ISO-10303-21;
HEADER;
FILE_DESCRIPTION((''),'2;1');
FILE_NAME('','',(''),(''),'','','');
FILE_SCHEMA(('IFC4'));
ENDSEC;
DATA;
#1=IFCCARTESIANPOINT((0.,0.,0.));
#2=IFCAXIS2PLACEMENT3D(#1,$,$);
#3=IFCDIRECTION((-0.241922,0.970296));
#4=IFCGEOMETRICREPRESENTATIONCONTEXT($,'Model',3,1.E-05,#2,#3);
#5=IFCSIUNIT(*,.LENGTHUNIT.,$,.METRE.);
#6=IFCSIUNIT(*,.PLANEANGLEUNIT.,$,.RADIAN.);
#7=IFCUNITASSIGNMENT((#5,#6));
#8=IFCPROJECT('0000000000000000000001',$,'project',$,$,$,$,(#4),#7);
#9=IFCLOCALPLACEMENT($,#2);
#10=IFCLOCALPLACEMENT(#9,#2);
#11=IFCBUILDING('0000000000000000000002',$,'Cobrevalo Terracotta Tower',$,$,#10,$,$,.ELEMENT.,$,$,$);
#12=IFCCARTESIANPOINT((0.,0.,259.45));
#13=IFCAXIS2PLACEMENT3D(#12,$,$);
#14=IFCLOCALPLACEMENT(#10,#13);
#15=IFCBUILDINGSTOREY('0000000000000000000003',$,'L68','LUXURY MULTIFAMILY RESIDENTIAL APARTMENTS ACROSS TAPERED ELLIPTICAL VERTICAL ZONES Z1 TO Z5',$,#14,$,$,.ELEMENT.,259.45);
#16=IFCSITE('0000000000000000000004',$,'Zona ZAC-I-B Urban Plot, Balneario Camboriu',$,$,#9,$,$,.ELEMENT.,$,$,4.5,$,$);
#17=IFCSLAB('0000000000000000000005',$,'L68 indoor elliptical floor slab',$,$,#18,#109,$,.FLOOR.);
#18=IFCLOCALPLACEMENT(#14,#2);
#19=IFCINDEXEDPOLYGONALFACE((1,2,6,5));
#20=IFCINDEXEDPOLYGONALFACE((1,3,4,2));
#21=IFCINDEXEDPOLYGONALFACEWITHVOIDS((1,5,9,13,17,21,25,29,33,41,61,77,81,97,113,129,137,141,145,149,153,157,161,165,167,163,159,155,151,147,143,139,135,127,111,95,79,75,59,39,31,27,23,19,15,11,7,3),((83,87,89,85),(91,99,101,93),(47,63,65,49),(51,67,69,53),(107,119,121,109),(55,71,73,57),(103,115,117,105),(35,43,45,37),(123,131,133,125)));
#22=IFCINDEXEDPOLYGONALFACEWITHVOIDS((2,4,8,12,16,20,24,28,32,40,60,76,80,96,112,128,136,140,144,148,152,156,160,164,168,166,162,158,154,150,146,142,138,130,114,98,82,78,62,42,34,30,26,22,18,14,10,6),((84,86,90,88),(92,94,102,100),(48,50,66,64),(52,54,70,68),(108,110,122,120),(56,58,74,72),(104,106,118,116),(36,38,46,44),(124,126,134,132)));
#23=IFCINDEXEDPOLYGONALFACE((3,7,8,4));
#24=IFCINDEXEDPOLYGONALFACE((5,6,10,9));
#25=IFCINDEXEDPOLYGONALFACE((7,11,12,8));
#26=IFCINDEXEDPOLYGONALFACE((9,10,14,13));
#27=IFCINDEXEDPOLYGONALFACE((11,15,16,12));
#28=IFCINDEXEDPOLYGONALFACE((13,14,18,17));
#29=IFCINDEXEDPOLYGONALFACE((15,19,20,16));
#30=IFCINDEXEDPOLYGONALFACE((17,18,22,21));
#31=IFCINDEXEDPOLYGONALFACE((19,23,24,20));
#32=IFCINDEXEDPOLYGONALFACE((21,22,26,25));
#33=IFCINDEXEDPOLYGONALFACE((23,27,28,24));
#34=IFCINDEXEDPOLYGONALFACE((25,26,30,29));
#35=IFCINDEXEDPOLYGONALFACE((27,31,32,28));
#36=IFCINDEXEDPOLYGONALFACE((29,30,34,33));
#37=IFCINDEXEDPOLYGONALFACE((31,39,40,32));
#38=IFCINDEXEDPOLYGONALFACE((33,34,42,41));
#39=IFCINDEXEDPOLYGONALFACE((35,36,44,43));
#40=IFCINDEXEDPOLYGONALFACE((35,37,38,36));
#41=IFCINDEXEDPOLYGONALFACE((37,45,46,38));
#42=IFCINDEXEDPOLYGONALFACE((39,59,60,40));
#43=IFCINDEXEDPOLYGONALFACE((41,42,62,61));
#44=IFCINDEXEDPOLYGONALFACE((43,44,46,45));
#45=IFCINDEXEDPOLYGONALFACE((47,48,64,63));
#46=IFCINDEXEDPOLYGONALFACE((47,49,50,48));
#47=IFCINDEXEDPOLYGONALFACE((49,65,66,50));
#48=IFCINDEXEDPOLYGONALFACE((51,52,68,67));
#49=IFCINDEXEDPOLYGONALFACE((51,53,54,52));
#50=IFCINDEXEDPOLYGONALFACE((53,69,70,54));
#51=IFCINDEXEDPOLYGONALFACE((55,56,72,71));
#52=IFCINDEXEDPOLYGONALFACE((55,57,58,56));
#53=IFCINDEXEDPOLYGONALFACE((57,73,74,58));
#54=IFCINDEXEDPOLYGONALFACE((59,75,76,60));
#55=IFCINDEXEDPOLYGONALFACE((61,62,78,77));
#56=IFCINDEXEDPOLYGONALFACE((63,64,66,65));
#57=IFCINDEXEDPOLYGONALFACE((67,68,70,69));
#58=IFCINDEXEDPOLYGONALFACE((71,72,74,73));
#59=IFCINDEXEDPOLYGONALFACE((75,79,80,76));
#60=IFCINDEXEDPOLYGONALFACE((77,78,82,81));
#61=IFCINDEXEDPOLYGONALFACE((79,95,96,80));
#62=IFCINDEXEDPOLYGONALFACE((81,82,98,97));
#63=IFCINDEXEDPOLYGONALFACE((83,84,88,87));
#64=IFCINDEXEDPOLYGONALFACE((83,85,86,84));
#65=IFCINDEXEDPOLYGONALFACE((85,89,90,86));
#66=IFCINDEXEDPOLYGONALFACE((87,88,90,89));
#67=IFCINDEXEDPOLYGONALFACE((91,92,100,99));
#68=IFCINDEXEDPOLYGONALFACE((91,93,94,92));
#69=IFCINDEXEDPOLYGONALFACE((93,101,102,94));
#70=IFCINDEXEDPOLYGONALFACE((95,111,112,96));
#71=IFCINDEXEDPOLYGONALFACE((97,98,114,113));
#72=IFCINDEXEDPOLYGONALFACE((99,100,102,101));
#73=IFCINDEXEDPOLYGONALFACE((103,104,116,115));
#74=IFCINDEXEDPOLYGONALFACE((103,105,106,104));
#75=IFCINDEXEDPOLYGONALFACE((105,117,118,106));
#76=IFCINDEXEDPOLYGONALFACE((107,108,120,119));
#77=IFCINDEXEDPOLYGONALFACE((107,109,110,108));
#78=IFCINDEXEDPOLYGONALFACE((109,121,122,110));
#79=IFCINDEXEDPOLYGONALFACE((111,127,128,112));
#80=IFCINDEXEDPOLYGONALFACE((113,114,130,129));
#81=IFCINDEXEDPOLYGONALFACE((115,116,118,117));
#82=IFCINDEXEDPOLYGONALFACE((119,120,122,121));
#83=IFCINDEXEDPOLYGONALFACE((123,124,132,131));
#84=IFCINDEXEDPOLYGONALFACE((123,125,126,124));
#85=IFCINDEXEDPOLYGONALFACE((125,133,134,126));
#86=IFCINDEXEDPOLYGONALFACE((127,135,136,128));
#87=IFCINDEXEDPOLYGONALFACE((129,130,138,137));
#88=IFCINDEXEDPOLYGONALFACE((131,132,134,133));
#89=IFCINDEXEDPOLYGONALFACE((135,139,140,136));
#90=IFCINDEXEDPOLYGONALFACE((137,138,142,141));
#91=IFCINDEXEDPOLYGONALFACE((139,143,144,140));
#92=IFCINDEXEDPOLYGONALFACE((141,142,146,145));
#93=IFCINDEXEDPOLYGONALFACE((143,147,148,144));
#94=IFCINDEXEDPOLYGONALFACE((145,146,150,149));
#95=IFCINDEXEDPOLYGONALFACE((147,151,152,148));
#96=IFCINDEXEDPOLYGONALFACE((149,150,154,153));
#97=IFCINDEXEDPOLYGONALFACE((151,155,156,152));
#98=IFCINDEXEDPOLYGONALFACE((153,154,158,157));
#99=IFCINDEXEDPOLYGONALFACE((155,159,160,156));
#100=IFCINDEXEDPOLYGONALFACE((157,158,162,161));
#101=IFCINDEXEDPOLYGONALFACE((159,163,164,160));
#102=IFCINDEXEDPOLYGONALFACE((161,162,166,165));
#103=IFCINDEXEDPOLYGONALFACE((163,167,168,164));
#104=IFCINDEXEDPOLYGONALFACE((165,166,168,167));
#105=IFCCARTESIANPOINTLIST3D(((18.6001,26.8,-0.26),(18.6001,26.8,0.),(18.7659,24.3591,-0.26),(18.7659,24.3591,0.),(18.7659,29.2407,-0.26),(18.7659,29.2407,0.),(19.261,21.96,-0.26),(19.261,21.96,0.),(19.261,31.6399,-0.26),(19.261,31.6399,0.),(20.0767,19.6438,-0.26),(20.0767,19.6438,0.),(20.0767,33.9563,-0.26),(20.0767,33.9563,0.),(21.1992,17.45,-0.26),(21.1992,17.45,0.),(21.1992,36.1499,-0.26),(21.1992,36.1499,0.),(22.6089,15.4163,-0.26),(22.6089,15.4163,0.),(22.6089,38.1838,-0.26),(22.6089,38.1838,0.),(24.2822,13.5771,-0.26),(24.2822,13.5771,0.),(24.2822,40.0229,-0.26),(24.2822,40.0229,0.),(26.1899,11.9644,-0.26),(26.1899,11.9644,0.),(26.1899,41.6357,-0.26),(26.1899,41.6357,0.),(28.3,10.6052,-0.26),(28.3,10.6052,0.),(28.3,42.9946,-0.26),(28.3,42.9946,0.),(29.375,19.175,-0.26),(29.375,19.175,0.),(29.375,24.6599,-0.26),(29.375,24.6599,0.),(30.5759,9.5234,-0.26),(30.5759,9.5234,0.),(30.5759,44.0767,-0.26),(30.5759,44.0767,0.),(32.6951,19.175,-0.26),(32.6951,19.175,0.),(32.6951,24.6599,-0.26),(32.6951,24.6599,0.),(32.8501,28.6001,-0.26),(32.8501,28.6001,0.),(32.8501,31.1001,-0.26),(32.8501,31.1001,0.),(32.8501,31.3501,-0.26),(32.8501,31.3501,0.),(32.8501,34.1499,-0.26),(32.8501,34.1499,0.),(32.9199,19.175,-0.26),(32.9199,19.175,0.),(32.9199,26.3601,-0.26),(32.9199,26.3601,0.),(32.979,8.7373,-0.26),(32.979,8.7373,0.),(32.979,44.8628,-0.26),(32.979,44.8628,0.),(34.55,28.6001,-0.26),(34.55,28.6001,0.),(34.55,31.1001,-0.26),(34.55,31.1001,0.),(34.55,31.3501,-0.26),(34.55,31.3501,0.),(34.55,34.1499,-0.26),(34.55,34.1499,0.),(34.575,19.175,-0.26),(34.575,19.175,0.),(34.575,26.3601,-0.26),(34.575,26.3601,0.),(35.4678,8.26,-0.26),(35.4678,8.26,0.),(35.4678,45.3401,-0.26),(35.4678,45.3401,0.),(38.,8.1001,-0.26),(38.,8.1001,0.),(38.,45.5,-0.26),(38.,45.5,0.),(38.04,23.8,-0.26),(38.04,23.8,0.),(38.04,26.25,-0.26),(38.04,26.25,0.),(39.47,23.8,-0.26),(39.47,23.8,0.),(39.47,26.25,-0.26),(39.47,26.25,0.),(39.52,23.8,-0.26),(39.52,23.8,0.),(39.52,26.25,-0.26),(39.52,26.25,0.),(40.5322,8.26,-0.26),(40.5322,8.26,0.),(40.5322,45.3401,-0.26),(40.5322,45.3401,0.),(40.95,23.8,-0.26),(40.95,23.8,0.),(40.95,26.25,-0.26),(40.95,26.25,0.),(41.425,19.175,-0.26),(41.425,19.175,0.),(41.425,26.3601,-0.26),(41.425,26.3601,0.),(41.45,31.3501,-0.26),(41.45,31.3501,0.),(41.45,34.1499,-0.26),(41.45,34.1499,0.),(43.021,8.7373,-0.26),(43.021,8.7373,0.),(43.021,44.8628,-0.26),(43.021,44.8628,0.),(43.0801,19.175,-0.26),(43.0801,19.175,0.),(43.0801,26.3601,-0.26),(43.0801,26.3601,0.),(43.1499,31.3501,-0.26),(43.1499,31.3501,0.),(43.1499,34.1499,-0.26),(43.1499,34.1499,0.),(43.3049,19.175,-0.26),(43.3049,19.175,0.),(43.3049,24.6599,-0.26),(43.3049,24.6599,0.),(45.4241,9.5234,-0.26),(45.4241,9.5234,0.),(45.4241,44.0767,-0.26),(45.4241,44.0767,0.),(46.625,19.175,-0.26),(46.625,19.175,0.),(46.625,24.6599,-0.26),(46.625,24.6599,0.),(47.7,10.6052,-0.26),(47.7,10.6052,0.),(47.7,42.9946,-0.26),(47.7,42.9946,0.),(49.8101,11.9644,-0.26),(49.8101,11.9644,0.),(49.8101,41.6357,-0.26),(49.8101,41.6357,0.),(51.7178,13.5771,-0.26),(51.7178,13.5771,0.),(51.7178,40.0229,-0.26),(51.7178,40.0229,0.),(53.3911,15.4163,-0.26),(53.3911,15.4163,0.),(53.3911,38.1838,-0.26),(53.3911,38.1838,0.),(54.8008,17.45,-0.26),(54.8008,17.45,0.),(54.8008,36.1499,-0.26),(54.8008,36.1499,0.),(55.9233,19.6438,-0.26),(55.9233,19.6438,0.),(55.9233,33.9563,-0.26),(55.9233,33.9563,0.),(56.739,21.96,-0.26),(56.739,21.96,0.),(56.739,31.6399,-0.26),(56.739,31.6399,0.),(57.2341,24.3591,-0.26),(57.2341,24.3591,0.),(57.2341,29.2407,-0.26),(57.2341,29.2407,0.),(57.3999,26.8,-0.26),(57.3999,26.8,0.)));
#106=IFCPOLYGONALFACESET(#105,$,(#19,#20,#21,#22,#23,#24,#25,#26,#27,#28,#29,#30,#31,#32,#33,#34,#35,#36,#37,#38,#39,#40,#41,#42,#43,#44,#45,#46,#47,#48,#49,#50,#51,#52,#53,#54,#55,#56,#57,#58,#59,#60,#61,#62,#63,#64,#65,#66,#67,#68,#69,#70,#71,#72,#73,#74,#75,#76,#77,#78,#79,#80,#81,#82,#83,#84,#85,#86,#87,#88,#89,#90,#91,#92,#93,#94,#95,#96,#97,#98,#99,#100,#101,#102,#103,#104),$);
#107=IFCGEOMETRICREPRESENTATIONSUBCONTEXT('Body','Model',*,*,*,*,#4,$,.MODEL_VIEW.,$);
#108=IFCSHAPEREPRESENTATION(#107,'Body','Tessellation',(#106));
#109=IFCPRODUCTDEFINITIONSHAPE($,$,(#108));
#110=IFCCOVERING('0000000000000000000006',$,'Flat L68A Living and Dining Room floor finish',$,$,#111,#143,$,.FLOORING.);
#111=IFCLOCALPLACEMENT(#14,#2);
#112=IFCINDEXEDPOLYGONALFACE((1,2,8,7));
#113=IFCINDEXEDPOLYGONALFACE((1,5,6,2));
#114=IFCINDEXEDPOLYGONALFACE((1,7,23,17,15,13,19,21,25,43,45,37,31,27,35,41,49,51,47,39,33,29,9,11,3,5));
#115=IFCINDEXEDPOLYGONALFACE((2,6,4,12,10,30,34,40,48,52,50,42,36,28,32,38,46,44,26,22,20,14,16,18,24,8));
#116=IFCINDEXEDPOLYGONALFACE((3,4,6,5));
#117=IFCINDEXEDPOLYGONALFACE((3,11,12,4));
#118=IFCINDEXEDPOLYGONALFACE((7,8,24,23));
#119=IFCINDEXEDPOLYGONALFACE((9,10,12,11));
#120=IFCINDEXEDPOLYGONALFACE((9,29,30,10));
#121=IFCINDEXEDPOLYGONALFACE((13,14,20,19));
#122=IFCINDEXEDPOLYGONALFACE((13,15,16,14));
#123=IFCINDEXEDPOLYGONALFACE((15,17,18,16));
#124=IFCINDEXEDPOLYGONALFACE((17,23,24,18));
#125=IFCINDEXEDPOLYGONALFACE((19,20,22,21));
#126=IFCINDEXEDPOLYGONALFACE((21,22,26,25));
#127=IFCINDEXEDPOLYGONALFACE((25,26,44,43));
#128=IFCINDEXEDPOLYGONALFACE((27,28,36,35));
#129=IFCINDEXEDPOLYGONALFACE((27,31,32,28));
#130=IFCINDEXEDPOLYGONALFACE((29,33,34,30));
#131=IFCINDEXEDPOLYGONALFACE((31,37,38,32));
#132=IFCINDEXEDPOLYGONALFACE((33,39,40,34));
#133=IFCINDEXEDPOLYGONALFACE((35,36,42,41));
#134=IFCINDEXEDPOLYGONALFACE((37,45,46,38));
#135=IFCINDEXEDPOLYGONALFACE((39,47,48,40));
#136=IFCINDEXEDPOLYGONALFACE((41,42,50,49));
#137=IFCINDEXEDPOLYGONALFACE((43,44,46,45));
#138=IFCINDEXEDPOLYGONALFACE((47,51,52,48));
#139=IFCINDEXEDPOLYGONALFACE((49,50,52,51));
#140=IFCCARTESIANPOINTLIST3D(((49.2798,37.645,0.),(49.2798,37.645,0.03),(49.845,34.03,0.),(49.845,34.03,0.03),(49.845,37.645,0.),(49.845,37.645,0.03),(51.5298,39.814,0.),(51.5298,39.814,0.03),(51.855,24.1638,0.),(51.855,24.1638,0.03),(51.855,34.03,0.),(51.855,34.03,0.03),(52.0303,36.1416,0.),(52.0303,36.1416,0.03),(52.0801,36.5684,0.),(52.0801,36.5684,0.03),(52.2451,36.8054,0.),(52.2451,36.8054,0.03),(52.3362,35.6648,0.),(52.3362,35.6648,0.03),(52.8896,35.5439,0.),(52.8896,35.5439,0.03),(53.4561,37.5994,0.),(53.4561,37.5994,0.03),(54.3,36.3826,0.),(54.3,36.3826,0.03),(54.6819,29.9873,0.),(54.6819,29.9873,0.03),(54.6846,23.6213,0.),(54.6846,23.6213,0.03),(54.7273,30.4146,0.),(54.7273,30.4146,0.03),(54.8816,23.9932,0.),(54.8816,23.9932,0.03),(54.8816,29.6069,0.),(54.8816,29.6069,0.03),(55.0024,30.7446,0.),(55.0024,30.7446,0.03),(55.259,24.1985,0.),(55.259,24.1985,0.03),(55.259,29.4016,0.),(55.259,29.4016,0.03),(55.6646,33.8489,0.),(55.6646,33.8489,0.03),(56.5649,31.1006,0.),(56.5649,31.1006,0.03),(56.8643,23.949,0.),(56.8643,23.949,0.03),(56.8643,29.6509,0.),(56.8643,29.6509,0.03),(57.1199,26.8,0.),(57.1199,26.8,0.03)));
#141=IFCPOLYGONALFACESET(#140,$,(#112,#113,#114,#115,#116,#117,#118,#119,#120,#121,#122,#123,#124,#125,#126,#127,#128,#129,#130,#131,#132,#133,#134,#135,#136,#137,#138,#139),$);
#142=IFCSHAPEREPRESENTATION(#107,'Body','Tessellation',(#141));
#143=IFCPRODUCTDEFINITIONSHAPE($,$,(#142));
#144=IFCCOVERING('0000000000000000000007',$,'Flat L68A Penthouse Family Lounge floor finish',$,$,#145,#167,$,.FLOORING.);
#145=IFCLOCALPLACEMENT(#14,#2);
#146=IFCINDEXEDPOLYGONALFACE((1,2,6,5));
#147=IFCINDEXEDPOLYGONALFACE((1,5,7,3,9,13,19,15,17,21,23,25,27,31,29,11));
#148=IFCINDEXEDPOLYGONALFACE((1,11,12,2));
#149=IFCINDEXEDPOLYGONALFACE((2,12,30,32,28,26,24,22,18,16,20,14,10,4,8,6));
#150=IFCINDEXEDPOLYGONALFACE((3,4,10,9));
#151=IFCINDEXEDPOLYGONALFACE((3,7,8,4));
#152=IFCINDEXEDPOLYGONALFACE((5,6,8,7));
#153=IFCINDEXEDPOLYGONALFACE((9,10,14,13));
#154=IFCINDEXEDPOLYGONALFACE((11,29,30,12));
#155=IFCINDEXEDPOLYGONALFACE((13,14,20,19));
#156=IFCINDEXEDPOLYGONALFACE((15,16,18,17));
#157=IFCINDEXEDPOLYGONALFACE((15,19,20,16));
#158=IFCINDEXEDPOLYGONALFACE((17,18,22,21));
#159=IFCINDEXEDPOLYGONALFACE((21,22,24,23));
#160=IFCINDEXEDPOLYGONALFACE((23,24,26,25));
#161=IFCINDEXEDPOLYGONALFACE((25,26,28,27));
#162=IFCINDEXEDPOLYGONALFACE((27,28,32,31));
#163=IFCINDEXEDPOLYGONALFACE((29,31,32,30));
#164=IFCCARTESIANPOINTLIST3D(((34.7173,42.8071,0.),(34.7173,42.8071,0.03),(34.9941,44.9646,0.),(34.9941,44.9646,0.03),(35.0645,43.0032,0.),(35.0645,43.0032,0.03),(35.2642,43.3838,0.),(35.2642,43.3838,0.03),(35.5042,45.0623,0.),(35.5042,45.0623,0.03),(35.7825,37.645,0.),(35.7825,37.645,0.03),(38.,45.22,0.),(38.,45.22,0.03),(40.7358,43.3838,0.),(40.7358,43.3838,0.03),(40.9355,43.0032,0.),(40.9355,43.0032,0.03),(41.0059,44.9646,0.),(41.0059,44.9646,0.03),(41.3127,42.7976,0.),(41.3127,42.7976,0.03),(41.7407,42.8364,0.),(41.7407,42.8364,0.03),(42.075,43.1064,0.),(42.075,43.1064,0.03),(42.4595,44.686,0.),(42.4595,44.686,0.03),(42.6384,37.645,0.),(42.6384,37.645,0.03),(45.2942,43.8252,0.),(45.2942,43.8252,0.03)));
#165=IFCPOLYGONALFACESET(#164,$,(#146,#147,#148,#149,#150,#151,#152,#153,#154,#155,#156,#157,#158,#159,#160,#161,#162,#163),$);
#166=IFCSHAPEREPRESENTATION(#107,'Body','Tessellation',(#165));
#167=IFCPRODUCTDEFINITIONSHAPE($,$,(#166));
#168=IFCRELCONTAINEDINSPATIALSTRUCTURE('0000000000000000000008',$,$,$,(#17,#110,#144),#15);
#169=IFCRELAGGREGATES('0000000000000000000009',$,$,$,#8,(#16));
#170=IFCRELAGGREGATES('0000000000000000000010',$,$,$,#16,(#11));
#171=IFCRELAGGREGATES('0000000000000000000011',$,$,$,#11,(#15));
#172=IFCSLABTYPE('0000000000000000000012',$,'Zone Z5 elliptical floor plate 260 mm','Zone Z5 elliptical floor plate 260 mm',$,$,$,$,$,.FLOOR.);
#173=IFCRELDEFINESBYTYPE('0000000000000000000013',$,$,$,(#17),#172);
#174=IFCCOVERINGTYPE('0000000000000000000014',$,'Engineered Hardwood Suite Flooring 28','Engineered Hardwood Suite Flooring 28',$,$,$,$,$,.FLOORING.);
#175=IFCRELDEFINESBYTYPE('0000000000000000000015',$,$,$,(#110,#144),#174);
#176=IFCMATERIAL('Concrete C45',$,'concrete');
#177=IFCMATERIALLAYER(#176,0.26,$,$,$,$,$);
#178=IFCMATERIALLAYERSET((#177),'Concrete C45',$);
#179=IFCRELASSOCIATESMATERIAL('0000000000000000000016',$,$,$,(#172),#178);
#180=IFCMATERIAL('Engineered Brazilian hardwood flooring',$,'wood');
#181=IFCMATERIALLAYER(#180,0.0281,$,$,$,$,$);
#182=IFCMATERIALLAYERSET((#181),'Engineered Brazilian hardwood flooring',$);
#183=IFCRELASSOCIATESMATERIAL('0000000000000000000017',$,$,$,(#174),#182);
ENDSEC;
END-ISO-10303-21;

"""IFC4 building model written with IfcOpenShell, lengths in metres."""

from ifc_helpers import new_model, si_unit, direction, frame, origin, place, context, subcontext, project, spatial, polyline, outline, extrude, material, layer, layer_set, type_object, element, save


model = new_model("IFC4")

# Units and contexts
model_context = context("Model", 3, precision=1e-05, world=origin(), true_north=direction((-0.241922, 0.970296)))
body_context = subcontext(model_context, "Body", "Model", "MODEL_VIEW")
ifc_project = project(units=[si_unit("LENGTHUNIT", "METRE"), si_unit("PLANEANGLEUNIT", "RADIAN")], contexts=[model_context])

# Site, building, storey
site_placement = place(None, origin())
site = spatial("IfcSite", under=ifc_project, at=site_placement, Name="Zona ZAC-I-B Urban Plot, Balneario Camboriu", CompositionType="ELEMENT", RefElevation=4.5)
building_placement = place(site_placement, origin())
building = spatial("IfcBuilding", under=site, at=building_placement, Name="Cobrevalo Terracotta Tower", CompositionType="ELEMENT")
storey_placement = place(building_placement, frame((0.0, 0.0, 259.45)))
storey = spatial("IfcBuildingStorey", under=building, at=storey_placement, Name="L68", Description="LUXURY MULTIFAMILY RESIDENTIAL APARTMENTS ACROSS TAPERED ELLIPTICAL VERTICAL ZONES Z1 TO Z5", CompositionType="ELEMENT", Elevation=259.45)

# Slab
ifc_material_1 = material(Name="Concrete C45", Category="concrete")
ifc_layer_1 = layer(ifc_material_1, 0.26)
ifc_layer_set_1 = layer_set([ifc_layer_1], Name="Concrete C45")
slab_type_1 = type_object("IfcSlabType", Name="Zone Z5 elliptical floor plate 260 mm", Description="Zone Z5 elliptical floor plate 260 mm", PredefinedType="FLOOR", material=ifc_layer_set_1)
slab_1_placement = place(storey_placement, frame((0.0, 0.0, -0.26)))
element("IfcSlab", 1, at=slab_1_placement, inside=storey, type_object=slab_type_1, Name="L68 indoor elliptical floor slab", PredefinedType="FLOOR", context=body_context, shape_type="SweptSolid", body=[
    extrude(outline(polyline([(57.2341, 24.3591), (56.739, 21.96), (55.9233, 19.6438), (54.8008, 17.45), (53.3911, 15.4163), (51.7178, 13.5771), (49.8101, 11.9644), (47.7, 10.6052), (45.4241, 9.5234), (43.021, 8.7373), (40.5322, 8.26), (38.0, 8.1001), (35.4678, 8.26), (32.979, 8.7373), (30.5759, 9.5234), (28.3, 10.6052), (26.1899, 11.9644), (24.2822, 13.5771), (22.6089, 15.4163), (21.1992, 17.45), (20.0767, 19.6438), (19.261, 21.96), (18.7659, 24.3591), (18.6001, 26.8), (18.7659, 29.2407), (19.261, 31.6399), (20.0767, 33.9563), (21.1992, 36.1499), (22.6089, 38.1838), (24.2822, 40.0229), (26.1899, 41.6357), (28.3, 42.9946), (30.5759, 44.0767), (32.979, 44.8628), (35.4678, 45.3401), (38.0, 45.5), (40.5322, 45.3401), (43.021, 44.8628), (45.4241, 44.0767), (47.7, 42.9946), (49.8101, 41.6357), (51.7178, 40.0229), (53.3911, 38.1838), (54.8008, 36.1499), (55.9233, 33.9563), (56.739, 31.6399), (57.2341, 29.2407), (57.3999, 26.8), (57.2341, 24.3591)]), holes=[polyline([(32.6951, 19.175), (32.6951, 24.6599), (29.375, 24.6599), (29.375, 19.175), (32.6951, 19.175)]), polyline([(46.625, 19.175), (46.625, 24.6599), (43.3049, 24.6599), (43.3049, 19.175), (46.625, 19.175)]), polyline([(34.575, 26.3601), (32.9199, 26.3601), (32.9199, 19.175), (34.575, 19.175), (34.575, 26.3601)]), polyline([(43.0801, 26.3601), (41.425, 26.3601), (41.425, 19.175), (43.0801, 19.175), (43.0801, 26.3601)]), polyline([(39.47, 26.25), (38.04, 26.25), (38.04, 23.8), (39.47, 23.8), (39.47, 26.25)]), polyline([(40.95, 26.25), (39.52, 26.25), (39.52, 23.8), (40.95, 23.8), (40.95, 26.25)]), polyline([(34.55, 31.1001), (32.8501, 31.1001), (32.8501, 28.6001), (34.55, 28.6001), (34.55, 31.1001)]), polyline([(34.55, 31.3501), (34.55, 34.1499), (32.8501, 34.1499), (32.8501, 31.3501), (34.55, 31.3501)]), polyline([(43.1499, 31.3501), (43.1499, 34.1499), (41.45, 34.1499), (41.45, 31.3501), (43.1499, 31.3501)])]), origin(), (0.0, 0.0, 1.0), 0.26),
])

# Coverings
ifc_material_2 = material(Name="Engineered Brazilian hardwood flooring", Category="wood")
ifc_layer_2 = layer(ifc_material_2, 0.0281)
ifc_layer_set_2 = layer_set([ifc_layer_2], Name="Engineered Brazilian hardwood flooring")
covering_type_1 = type_object("IfcCoveringType", Name="Engineered Hardwood Suite Flooring 28", Description="Engineered Hardwood Suite Flooring 28", PredefinedType="FLOORING", material=ifc_layer_set_2)
covering_1_placement = place(storey_placement, origin())
element("IfcCovering", 2, at=covering_1_placement, inside=storey, type_object=covering_type_1, Name="Flat L68A Living and Dining Room floor finish", PredefinedType="FLOORING", context=body_context, shape_type="SweptSolid", body=[
    extrude(outline(polyline([(51.5298, 39.814), (53.4561, 37.5994), (52.2451, 36.8054), (52.0801, 36.5684), (52.0303, 36.1416), (52.3362, 35.6648), (52.8896, 35.5439), (54.3, 36.3826), (55.6646, 33.8489), (56.5649, 31.1006), (55.0024, 30.7446), (54.7273, 30.4146), (54.6819, 29.9873), (54.8816, 29.6069), (55.259, 29.4016), (56.8643, 29.6509), (57.1199, 26.8), (56.8643, 23.949), (55.259, 24.1985), (54.8816, 23.9932), (54.6846, 23.6213), (51.855, 24.1638), (51.855, 34.03), (49.845, 34.03), (49.845, 37.645), (49.2798, 37.645), (51.5298, 39.814)])), origin(), (0.0, 0.0, 1.0), 0.03),
])
covering_2_placement = place(storey_placement, origin())
element("IfcCovering", 3, at=covering_2_placement, inside=storey, type_object=covering_type_1, Name="Flat L68A Penthouse Family Lounge floor finish", PredefinedType="FLOORING", context=body_context, shape_type="SweptSolid", body=[
    extrude(outline(polyline([(34.7173, 42.8071), (35.0645, 43.0032), (35.2642, 43.3838), (34.9941, 44.9646), (35.5042, 45.0623), (38.0, 45.22), (41.0059, 44.9646), (40.7358, 43.3838), (40.9355, 43.0032), (41.3127, 42.7976), (41.7407, 42.8364), (42.075, 43.1064), (42.4595, 44.686), (45.2942, 43.8252), (42.6384, 37.645), (35.7825, 37.645), (34.7173, 42.8071)])), origin(), (0.0, 0.0, 1.0), 0.03),
])

save(model, "model.ifc")
